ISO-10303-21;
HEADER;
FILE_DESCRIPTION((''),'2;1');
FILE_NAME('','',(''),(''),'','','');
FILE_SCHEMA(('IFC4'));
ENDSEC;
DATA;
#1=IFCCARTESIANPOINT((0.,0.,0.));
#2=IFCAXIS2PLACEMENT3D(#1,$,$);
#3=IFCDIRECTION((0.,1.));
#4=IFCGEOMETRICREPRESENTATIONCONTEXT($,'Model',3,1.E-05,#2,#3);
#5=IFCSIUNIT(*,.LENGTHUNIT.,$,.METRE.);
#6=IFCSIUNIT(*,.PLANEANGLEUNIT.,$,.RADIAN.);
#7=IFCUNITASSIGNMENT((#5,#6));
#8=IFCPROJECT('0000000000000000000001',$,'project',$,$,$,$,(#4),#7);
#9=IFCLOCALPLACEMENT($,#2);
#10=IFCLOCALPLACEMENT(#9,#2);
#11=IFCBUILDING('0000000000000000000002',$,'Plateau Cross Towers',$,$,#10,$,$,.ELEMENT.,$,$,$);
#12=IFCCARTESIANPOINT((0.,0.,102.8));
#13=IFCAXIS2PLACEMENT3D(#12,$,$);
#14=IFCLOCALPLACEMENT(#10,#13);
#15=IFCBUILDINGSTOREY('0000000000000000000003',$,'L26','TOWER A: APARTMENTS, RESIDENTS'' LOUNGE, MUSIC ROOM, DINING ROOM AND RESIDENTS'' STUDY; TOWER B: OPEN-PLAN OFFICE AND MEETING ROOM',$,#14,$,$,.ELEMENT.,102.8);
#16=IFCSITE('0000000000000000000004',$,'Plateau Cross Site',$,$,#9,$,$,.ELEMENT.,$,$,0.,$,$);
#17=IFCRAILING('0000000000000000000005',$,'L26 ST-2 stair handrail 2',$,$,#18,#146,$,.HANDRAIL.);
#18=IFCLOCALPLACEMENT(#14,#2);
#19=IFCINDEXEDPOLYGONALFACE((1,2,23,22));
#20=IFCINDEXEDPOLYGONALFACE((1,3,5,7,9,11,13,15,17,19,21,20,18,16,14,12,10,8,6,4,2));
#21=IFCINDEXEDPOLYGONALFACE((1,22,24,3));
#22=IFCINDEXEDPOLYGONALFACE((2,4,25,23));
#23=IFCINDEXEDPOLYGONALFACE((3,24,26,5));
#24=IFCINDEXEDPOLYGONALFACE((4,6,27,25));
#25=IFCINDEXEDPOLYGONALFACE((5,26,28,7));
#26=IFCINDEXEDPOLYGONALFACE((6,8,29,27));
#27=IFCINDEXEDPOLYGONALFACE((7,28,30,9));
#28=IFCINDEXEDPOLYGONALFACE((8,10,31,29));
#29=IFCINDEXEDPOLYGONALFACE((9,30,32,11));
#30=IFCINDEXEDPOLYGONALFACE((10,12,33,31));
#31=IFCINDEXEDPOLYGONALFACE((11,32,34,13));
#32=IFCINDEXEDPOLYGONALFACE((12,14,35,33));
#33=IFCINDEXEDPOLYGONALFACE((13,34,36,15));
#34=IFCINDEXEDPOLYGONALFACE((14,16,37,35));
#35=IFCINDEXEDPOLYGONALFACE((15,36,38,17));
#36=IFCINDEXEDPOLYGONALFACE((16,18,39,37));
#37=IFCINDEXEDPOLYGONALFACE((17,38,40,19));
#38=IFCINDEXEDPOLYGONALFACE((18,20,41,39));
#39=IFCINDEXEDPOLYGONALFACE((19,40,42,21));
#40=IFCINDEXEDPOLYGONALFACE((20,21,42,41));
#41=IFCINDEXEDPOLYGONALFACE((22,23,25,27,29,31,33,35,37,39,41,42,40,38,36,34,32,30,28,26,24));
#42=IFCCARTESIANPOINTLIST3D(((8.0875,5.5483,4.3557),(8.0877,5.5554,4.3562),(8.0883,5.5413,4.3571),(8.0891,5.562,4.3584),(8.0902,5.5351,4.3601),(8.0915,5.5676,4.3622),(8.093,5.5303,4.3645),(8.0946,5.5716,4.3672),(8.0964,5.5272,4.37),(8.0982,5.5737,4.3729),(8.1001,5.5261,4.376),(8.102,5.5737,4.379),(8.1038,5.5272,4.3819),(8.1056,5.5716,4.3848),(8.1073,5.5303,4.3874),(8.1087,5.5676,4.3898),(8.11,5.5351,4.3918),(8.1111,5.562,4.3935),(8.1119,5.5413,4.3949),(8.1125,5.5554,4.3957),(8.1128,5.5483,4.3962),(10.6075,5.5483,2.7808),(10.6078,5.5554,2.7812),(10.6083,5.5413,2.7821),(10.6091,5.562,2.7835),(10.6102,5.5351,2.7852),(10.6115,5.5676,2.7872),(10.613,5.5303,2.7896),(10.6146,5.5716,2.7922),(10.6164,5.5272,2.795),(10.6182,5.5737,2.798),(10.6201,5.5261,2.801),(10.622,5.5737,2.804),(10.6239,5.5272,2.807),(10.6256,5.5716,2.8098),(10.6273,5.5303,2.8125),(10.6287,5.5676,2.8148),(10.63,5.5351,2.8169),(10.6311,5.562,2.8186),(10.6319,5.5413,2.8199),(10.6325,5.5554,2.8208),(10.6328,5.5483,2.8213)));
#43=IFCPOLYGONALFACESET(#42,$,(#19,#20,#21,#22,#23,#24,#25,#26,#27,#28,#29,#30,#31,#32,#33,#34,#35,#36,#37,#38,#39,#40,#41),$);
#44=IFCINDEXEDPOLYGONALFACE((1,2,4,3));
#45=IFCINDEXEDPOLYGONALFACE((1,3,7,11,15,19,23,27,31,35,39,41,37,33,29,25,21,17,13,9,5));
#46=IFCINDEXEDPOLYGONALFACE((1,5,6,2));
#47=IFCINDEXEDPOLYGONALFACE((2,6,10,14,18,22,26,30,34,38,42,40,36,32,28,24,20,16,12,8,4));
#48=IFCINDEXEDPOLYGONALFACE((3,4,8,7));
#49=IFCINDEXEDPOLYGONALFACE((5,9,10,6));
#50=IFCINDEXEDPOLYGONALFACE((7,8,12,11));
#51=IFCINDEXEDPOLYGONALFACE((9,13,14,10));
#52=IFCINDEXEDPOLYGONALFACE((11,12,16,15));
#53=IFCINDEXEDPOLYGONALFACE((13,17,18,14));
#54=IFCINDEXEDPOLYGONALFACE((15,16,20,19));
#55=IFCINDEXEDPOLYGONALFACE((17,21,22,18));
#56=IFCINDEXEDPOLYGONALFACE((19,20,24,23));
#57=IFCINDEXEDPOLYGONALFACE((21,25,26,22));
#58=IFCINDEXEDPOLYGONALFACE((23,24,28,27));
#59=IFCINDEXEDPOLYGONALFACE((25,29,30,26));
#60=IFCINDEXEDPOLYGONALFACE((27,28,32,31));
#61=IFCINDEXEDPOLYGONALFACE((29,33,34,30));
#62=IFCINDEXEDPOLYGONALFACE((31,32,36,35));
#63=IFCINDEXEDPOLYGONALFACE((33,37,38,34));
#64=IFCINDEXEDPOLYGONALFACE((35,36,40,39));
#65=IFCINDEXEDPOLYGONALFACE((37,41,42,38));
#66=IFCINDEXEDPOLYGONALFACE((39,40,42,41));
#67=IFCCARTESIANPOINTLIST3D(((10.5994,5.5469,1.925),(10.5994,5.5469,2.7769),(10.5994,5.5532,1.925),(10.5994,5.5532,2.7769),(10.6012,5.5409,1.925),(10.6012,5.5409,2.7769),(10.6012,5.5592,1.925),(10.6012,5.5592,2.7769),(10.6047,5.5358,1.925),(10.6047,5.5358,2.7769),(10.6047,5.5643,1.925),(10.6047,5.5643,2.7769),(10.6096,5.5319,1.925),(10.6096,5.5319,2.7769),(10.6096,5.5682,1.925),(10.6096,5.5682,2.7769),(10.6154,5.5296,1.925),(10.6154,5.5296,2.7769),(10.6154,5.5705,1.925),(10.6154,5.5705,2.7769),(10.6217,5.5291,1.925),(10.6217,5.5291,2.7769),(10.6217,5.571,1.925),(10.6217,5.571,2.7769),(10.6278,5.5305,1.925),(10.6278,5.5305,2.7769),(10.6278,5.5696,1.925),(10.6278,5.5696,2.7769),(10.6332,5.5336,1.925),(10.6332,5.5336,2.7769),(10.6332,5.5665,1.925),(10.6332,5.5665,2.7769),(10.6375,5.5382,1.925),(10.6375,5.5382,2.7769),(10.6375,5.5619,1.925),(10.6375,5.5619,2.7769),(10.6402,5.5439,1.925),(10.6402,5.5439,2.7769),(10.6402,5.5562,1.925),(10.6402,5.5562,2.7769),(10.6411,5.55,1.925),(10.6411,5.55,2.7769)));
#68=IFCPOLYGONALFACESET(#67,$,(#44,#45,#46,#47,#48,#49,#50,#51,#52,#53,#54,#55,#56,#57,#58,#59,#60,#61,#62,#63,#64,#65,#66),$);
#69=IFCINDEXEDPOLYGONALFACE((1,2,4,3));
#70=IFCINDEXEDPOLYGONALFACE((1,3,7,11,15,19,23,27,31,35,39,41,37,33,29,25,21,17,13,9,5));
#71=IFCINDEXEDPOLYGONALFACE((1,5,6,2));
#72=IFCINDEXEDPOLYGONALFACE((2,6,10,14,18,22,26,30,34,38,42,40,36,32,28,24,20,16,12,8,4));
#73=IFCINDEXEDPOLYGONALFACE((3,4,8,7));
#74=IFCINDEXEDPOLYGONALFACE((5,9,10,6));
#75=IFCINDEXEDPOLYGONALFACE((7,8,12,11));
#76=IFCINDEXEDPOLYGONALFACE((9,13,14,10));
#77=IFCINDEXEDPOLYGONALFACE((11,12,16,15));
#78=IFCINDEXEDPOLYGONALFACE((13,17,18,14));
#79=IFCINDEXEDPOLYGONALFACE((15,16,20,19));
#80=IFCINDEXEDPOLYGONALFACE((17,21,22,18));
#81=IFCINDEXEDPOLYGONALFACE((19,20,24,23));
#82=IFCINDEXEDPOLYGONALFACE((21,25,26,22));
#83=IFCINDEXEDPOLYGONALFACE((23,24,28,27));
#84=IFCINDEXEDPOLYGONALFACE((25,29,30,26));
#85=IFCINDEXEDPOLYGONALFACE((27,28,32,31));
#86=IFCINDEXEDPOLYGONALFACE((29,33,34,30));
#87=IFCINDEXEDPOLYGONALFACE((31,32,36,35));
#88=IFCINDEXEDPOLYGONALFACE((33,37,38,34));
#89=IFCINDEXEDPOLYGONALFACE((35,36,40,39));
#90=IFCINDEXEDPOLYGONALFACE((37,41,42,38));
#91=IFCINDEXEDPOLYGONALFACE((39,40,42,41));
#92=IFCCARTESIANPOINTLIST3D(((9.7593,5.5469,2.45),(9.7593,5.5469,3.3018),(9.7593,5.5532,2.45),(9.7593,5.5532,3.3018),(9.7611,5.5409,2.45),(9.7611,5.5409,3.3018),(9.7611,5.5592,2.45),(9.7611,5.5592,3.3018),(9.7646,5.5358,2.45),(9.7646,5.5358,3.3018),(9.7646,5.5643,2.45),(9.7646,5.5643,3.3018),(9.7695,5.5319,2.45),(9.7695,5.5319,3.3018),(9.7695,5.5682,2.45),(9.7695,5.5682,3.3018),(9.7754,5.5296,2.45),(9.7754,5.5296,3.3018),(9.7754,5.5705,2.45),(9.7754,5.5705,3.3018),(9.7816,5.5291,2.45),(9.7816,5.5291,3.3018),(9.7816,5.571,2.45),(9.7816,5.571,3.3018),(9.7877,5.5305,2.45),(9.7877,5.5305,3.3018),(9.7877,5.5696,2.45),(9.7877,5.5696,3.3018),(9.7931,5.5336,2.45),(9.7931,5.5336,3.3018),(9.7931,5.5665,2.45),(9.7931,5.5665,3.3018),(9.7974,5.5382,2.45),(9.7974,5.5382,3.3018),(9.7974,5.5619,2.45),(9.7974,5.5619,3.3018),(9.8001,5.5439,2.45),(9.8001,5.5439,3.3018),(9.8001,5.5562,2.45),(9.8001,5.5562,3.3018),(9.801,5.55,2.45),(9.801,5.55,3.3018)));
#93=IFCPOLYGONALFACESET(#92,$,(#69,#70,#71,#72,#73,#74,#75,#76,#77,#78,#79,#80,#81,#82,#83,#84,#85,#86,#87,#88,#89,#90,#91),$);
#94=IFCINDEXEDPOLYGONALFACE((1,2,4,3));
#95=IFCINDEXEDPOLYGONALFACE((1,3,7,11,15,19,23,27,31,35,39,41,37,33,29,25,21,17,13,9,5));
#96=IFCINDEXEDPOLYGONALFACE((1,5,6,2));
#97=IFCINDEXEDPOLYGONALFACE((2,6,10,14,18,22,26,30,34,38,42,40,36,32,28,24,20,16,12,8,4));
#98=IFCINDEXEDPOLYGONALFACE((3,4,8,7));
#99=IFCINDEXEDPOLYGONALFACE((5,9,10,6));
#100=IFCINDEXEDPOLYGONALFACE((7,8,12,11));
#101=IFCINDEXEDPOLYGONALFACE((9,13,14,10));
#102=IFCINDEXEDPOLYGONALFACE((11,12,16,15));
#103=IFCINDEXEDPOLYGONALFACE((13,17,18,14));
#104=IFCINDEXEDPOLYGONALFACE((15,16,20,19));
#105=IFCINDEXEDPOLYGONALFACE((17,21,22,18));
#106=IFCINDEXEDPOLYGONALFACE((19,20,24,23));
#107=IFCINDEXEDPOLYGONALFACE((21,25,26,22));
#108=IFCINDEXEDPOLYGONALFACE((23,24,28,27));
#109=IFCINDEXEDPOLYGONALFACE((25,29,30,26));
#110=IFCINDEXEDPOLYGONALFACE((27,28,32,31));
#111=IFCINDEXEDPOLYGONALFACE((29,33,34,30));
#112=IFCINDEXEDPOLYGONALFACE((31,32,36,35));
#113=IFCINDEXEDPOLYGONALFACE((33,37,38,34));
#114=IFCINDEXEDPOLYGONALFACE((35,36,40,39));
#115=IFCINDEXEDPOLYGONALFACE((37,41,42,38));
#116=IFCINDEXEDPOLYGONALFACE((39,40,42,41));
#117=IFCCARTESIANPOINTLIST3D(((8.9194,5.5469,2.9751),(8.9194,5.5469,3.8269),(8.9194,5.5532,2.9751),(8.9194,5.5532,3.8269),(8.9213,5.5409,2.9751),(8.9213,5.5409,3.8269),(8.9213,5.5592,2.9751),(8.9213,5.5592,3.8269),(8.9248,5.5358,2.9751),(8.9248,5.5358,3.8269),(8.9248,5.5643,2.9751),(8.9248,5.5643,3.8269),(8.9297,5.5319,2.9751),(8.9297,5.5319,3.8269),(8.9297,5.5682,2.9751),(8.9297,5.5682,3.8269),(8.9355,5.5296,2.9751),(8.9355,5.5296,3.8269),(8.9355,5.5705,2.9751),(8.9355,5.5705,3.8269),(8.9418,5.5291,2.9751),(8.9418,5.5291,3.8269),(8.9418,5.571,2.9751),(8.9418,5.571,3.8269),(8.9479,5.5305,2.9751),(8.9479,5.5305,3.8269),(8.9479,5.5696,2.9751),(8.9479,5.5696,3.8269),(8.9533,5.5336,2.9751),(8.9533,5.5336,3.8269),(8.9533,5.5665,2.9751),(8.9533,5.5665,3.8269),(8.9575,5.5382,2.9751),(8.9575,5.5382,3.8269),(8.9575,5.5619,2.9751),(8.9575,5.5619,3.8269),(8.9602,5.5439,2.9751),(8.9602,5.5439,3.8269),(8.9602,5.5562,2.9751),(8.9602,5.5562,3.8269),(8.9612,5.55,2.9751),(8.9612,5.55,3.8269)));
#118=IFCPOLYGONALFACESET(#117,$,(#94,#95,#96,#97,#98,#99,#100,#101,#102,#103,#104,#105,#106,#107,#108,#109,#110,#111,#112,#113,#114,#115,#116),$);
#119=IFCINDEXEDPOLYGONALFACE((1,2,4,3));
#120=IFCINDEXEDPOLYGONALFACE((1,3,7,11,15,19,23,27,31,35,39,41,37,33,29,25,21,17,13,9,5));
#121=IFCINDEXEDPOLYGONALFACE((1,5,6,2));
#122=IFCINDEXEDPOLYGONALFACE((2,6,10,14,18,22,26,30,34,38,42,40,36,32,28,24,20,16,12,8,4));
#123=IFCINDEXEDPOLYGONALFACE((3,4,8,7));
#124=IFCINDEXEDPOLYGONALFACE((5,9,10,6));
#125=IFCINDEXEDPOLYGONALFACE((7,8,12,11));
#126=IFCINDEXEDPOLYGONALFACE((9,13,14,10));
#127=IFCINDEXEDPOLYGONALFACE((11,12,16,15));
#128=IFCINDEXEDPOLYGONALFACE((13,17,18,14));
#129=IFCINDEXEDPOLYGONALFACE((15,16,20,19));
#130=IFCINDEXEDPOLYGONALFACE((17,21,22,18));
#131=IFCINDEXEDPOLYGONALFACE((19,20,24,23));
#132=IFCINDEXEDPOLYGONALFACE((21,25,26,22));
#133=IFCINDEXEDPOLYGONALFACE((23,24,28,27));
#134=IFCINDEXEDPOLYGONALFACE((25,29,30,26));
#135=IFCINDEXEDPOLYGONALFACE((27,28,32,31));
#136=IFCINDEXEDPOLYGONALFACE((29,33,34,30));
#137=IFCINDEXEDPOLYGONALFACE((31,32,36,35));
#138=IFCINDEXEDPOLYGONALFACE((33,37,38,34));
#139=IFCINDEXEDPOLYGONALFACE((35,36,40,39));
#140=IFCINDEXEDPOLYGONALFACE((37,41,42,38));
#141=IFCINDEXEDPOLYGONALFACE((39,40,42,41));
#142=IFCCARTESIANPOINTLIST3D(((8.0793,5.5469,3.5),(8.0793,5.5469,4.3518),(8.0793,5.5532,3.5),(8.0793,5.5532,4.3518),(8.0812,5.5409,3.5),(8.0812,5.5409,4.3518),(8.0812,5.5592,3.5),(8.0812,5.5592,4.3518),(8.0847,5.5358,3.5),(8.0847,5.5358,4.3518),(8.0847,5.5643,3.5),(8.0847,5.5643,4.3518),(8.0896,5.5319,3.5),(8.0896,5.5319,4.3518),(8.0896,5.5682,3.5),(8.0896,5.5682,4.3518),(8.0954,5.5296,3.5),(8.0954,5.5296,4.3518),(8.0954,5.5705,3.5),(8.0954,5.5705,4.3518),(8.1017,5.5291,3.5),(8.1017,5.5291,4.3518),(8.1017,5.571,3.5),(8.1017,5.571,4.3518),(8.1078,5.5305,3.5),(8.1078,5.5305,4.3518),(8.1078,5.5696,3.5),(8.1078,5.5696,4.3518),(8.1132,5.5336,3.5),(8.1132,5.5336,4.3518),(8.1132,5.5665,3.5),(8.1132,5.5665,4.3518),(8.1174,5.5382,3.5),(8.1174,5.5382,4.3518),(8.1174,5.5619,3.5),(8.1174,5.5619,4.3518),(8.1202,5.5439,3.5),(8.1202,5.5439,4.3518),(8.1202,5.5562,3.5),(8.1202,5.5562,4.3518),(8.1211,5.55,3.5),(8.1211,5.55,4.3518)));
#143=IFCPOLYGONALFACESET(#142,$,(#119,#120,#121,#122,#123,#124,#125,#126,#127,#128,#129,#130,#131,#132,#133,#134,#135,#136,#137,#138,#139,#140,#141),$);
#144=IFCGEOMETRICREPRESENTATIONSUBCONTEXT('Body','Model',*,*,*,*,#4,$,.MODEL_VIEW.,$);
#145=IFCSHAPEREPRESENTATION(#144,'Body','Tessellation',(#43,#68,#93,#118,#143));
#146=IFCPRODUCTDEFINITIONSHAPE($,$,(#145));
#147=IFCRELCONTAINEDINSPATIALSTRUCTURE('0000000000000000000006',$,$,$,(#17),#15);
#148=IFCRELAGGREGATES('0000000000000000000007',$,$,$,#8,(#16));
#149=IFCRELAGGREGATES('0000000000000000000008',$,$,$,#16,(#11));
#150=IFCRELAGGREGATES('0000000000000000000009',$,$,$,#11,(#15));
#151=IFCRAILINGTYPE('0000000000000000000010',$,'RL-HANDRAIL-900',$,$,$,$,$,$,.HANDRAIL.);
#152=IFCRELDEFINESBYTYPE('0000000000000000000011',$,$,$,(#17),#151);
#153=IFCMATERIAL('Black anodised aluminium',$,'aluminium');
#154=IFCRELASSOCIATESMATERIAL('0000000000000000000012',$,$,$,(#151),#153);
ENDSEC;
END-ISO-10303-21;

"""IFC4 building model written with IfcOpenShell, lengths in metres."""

from ifc_helpers import new_model, si_unit, direction, frame, origin, origin_2d, place, context, subcontext, project, spatial, circle, extrude, material, type_object, element, save


model = new_model("IFC4")

# Units and contexts
model_context = context("Model", 3, precision=1e-05, world=origin(), true_north=direction((0.0, 1.0)))
body_context = subcontext(model_context, "Body", "Model", "MODEL_VIEW")
ifc_project = project(units=[si_unit("LENGTHUNIT", "METRE"), si_unit("PLANEANGLEUNIT", "RADIAN")], contexts=[model_context])

# Site, building, storey
site_placement = place(None, origin())
site = spatial("IfcSite", under=ifc_project, at=site_placement, Name="Plateau Cross Site", CompositionType="ELEMENT", RefElevation=0.0)
building_placement = place(site_placement, origin())
building = spatial("IfcBuilding", under=site, at=building_placement, Name="Plateau Cross Towers", CompositionType="ELEMENT")
storey_placement = place(building_placement, frame((0.0, 0.0, 102.8)))
storey = spatial("IfcBuildingStorey", under=building, at=storey_placement, Name="L26", Description="TOWER A: APARTMENTS, RESIDENTS' LOUNGE, MUSIC ROOM, DINING ROOM AND RESIDENTS' STUDY; TOWER B: OPEN-PLAN OFFICE AND MEETING ROOM", CompositionType="ELEMENT", Elevation=102.8)

# Shared definitions
ifc_material_1 = material(Name="Black anodised aluminium", Category="aluminium")

# Railing
railing_type_1 = type_object("IfcRailingType", Name="RL-HANDRAIL-900", PredefinedType="HANDRAIL", material=ifc_material_1)
railing_1_placement = place(storey_placement, frame((10.6201, 5.55, 1.925)))
element("IfcRailing", 1, at=railing_1_placement, inside=storey, type_object=railing_type_1, Name="L26 ST-2 stair handrail 2", PredefinedType="HANDRAIL", context=body_context, shape_type="SweptSolid", body=[
    extrude(circle(Radius=0.0239, at=origin_2d()), frame((0.0, 0.0, 0.876), z_axis=(-0.848008, 0.0, 0.529984), x_axis=(0.0, -1.0, 0.0)), (0.0, 0.0, 1.0), 2.9717),
    extrude(circle(Radius=0.021, at=origin_2d()), origin(), (0.0, 0.0, 1.0), 0.8518),
    extrude(circle(Radius=0.021, at=origin_2d()), frame((-0.8401, 0.0, 0.5249)), (0.0, 0.0, 1.0), 0.8518),
    extrude(circle(Radius=0.021, at=origin_2d()), frame((-1.6799, 0.0, 1.05)), (0.0, 0.0, 1.0), 0.8518),
    extrude(circle(Radius=0.021, at=origin_2d()), frame((-2.52, 0.0, 1.575)), (0.0, 0.0, 1.0), 0.8518),
])

save(model, "model.ifc")
